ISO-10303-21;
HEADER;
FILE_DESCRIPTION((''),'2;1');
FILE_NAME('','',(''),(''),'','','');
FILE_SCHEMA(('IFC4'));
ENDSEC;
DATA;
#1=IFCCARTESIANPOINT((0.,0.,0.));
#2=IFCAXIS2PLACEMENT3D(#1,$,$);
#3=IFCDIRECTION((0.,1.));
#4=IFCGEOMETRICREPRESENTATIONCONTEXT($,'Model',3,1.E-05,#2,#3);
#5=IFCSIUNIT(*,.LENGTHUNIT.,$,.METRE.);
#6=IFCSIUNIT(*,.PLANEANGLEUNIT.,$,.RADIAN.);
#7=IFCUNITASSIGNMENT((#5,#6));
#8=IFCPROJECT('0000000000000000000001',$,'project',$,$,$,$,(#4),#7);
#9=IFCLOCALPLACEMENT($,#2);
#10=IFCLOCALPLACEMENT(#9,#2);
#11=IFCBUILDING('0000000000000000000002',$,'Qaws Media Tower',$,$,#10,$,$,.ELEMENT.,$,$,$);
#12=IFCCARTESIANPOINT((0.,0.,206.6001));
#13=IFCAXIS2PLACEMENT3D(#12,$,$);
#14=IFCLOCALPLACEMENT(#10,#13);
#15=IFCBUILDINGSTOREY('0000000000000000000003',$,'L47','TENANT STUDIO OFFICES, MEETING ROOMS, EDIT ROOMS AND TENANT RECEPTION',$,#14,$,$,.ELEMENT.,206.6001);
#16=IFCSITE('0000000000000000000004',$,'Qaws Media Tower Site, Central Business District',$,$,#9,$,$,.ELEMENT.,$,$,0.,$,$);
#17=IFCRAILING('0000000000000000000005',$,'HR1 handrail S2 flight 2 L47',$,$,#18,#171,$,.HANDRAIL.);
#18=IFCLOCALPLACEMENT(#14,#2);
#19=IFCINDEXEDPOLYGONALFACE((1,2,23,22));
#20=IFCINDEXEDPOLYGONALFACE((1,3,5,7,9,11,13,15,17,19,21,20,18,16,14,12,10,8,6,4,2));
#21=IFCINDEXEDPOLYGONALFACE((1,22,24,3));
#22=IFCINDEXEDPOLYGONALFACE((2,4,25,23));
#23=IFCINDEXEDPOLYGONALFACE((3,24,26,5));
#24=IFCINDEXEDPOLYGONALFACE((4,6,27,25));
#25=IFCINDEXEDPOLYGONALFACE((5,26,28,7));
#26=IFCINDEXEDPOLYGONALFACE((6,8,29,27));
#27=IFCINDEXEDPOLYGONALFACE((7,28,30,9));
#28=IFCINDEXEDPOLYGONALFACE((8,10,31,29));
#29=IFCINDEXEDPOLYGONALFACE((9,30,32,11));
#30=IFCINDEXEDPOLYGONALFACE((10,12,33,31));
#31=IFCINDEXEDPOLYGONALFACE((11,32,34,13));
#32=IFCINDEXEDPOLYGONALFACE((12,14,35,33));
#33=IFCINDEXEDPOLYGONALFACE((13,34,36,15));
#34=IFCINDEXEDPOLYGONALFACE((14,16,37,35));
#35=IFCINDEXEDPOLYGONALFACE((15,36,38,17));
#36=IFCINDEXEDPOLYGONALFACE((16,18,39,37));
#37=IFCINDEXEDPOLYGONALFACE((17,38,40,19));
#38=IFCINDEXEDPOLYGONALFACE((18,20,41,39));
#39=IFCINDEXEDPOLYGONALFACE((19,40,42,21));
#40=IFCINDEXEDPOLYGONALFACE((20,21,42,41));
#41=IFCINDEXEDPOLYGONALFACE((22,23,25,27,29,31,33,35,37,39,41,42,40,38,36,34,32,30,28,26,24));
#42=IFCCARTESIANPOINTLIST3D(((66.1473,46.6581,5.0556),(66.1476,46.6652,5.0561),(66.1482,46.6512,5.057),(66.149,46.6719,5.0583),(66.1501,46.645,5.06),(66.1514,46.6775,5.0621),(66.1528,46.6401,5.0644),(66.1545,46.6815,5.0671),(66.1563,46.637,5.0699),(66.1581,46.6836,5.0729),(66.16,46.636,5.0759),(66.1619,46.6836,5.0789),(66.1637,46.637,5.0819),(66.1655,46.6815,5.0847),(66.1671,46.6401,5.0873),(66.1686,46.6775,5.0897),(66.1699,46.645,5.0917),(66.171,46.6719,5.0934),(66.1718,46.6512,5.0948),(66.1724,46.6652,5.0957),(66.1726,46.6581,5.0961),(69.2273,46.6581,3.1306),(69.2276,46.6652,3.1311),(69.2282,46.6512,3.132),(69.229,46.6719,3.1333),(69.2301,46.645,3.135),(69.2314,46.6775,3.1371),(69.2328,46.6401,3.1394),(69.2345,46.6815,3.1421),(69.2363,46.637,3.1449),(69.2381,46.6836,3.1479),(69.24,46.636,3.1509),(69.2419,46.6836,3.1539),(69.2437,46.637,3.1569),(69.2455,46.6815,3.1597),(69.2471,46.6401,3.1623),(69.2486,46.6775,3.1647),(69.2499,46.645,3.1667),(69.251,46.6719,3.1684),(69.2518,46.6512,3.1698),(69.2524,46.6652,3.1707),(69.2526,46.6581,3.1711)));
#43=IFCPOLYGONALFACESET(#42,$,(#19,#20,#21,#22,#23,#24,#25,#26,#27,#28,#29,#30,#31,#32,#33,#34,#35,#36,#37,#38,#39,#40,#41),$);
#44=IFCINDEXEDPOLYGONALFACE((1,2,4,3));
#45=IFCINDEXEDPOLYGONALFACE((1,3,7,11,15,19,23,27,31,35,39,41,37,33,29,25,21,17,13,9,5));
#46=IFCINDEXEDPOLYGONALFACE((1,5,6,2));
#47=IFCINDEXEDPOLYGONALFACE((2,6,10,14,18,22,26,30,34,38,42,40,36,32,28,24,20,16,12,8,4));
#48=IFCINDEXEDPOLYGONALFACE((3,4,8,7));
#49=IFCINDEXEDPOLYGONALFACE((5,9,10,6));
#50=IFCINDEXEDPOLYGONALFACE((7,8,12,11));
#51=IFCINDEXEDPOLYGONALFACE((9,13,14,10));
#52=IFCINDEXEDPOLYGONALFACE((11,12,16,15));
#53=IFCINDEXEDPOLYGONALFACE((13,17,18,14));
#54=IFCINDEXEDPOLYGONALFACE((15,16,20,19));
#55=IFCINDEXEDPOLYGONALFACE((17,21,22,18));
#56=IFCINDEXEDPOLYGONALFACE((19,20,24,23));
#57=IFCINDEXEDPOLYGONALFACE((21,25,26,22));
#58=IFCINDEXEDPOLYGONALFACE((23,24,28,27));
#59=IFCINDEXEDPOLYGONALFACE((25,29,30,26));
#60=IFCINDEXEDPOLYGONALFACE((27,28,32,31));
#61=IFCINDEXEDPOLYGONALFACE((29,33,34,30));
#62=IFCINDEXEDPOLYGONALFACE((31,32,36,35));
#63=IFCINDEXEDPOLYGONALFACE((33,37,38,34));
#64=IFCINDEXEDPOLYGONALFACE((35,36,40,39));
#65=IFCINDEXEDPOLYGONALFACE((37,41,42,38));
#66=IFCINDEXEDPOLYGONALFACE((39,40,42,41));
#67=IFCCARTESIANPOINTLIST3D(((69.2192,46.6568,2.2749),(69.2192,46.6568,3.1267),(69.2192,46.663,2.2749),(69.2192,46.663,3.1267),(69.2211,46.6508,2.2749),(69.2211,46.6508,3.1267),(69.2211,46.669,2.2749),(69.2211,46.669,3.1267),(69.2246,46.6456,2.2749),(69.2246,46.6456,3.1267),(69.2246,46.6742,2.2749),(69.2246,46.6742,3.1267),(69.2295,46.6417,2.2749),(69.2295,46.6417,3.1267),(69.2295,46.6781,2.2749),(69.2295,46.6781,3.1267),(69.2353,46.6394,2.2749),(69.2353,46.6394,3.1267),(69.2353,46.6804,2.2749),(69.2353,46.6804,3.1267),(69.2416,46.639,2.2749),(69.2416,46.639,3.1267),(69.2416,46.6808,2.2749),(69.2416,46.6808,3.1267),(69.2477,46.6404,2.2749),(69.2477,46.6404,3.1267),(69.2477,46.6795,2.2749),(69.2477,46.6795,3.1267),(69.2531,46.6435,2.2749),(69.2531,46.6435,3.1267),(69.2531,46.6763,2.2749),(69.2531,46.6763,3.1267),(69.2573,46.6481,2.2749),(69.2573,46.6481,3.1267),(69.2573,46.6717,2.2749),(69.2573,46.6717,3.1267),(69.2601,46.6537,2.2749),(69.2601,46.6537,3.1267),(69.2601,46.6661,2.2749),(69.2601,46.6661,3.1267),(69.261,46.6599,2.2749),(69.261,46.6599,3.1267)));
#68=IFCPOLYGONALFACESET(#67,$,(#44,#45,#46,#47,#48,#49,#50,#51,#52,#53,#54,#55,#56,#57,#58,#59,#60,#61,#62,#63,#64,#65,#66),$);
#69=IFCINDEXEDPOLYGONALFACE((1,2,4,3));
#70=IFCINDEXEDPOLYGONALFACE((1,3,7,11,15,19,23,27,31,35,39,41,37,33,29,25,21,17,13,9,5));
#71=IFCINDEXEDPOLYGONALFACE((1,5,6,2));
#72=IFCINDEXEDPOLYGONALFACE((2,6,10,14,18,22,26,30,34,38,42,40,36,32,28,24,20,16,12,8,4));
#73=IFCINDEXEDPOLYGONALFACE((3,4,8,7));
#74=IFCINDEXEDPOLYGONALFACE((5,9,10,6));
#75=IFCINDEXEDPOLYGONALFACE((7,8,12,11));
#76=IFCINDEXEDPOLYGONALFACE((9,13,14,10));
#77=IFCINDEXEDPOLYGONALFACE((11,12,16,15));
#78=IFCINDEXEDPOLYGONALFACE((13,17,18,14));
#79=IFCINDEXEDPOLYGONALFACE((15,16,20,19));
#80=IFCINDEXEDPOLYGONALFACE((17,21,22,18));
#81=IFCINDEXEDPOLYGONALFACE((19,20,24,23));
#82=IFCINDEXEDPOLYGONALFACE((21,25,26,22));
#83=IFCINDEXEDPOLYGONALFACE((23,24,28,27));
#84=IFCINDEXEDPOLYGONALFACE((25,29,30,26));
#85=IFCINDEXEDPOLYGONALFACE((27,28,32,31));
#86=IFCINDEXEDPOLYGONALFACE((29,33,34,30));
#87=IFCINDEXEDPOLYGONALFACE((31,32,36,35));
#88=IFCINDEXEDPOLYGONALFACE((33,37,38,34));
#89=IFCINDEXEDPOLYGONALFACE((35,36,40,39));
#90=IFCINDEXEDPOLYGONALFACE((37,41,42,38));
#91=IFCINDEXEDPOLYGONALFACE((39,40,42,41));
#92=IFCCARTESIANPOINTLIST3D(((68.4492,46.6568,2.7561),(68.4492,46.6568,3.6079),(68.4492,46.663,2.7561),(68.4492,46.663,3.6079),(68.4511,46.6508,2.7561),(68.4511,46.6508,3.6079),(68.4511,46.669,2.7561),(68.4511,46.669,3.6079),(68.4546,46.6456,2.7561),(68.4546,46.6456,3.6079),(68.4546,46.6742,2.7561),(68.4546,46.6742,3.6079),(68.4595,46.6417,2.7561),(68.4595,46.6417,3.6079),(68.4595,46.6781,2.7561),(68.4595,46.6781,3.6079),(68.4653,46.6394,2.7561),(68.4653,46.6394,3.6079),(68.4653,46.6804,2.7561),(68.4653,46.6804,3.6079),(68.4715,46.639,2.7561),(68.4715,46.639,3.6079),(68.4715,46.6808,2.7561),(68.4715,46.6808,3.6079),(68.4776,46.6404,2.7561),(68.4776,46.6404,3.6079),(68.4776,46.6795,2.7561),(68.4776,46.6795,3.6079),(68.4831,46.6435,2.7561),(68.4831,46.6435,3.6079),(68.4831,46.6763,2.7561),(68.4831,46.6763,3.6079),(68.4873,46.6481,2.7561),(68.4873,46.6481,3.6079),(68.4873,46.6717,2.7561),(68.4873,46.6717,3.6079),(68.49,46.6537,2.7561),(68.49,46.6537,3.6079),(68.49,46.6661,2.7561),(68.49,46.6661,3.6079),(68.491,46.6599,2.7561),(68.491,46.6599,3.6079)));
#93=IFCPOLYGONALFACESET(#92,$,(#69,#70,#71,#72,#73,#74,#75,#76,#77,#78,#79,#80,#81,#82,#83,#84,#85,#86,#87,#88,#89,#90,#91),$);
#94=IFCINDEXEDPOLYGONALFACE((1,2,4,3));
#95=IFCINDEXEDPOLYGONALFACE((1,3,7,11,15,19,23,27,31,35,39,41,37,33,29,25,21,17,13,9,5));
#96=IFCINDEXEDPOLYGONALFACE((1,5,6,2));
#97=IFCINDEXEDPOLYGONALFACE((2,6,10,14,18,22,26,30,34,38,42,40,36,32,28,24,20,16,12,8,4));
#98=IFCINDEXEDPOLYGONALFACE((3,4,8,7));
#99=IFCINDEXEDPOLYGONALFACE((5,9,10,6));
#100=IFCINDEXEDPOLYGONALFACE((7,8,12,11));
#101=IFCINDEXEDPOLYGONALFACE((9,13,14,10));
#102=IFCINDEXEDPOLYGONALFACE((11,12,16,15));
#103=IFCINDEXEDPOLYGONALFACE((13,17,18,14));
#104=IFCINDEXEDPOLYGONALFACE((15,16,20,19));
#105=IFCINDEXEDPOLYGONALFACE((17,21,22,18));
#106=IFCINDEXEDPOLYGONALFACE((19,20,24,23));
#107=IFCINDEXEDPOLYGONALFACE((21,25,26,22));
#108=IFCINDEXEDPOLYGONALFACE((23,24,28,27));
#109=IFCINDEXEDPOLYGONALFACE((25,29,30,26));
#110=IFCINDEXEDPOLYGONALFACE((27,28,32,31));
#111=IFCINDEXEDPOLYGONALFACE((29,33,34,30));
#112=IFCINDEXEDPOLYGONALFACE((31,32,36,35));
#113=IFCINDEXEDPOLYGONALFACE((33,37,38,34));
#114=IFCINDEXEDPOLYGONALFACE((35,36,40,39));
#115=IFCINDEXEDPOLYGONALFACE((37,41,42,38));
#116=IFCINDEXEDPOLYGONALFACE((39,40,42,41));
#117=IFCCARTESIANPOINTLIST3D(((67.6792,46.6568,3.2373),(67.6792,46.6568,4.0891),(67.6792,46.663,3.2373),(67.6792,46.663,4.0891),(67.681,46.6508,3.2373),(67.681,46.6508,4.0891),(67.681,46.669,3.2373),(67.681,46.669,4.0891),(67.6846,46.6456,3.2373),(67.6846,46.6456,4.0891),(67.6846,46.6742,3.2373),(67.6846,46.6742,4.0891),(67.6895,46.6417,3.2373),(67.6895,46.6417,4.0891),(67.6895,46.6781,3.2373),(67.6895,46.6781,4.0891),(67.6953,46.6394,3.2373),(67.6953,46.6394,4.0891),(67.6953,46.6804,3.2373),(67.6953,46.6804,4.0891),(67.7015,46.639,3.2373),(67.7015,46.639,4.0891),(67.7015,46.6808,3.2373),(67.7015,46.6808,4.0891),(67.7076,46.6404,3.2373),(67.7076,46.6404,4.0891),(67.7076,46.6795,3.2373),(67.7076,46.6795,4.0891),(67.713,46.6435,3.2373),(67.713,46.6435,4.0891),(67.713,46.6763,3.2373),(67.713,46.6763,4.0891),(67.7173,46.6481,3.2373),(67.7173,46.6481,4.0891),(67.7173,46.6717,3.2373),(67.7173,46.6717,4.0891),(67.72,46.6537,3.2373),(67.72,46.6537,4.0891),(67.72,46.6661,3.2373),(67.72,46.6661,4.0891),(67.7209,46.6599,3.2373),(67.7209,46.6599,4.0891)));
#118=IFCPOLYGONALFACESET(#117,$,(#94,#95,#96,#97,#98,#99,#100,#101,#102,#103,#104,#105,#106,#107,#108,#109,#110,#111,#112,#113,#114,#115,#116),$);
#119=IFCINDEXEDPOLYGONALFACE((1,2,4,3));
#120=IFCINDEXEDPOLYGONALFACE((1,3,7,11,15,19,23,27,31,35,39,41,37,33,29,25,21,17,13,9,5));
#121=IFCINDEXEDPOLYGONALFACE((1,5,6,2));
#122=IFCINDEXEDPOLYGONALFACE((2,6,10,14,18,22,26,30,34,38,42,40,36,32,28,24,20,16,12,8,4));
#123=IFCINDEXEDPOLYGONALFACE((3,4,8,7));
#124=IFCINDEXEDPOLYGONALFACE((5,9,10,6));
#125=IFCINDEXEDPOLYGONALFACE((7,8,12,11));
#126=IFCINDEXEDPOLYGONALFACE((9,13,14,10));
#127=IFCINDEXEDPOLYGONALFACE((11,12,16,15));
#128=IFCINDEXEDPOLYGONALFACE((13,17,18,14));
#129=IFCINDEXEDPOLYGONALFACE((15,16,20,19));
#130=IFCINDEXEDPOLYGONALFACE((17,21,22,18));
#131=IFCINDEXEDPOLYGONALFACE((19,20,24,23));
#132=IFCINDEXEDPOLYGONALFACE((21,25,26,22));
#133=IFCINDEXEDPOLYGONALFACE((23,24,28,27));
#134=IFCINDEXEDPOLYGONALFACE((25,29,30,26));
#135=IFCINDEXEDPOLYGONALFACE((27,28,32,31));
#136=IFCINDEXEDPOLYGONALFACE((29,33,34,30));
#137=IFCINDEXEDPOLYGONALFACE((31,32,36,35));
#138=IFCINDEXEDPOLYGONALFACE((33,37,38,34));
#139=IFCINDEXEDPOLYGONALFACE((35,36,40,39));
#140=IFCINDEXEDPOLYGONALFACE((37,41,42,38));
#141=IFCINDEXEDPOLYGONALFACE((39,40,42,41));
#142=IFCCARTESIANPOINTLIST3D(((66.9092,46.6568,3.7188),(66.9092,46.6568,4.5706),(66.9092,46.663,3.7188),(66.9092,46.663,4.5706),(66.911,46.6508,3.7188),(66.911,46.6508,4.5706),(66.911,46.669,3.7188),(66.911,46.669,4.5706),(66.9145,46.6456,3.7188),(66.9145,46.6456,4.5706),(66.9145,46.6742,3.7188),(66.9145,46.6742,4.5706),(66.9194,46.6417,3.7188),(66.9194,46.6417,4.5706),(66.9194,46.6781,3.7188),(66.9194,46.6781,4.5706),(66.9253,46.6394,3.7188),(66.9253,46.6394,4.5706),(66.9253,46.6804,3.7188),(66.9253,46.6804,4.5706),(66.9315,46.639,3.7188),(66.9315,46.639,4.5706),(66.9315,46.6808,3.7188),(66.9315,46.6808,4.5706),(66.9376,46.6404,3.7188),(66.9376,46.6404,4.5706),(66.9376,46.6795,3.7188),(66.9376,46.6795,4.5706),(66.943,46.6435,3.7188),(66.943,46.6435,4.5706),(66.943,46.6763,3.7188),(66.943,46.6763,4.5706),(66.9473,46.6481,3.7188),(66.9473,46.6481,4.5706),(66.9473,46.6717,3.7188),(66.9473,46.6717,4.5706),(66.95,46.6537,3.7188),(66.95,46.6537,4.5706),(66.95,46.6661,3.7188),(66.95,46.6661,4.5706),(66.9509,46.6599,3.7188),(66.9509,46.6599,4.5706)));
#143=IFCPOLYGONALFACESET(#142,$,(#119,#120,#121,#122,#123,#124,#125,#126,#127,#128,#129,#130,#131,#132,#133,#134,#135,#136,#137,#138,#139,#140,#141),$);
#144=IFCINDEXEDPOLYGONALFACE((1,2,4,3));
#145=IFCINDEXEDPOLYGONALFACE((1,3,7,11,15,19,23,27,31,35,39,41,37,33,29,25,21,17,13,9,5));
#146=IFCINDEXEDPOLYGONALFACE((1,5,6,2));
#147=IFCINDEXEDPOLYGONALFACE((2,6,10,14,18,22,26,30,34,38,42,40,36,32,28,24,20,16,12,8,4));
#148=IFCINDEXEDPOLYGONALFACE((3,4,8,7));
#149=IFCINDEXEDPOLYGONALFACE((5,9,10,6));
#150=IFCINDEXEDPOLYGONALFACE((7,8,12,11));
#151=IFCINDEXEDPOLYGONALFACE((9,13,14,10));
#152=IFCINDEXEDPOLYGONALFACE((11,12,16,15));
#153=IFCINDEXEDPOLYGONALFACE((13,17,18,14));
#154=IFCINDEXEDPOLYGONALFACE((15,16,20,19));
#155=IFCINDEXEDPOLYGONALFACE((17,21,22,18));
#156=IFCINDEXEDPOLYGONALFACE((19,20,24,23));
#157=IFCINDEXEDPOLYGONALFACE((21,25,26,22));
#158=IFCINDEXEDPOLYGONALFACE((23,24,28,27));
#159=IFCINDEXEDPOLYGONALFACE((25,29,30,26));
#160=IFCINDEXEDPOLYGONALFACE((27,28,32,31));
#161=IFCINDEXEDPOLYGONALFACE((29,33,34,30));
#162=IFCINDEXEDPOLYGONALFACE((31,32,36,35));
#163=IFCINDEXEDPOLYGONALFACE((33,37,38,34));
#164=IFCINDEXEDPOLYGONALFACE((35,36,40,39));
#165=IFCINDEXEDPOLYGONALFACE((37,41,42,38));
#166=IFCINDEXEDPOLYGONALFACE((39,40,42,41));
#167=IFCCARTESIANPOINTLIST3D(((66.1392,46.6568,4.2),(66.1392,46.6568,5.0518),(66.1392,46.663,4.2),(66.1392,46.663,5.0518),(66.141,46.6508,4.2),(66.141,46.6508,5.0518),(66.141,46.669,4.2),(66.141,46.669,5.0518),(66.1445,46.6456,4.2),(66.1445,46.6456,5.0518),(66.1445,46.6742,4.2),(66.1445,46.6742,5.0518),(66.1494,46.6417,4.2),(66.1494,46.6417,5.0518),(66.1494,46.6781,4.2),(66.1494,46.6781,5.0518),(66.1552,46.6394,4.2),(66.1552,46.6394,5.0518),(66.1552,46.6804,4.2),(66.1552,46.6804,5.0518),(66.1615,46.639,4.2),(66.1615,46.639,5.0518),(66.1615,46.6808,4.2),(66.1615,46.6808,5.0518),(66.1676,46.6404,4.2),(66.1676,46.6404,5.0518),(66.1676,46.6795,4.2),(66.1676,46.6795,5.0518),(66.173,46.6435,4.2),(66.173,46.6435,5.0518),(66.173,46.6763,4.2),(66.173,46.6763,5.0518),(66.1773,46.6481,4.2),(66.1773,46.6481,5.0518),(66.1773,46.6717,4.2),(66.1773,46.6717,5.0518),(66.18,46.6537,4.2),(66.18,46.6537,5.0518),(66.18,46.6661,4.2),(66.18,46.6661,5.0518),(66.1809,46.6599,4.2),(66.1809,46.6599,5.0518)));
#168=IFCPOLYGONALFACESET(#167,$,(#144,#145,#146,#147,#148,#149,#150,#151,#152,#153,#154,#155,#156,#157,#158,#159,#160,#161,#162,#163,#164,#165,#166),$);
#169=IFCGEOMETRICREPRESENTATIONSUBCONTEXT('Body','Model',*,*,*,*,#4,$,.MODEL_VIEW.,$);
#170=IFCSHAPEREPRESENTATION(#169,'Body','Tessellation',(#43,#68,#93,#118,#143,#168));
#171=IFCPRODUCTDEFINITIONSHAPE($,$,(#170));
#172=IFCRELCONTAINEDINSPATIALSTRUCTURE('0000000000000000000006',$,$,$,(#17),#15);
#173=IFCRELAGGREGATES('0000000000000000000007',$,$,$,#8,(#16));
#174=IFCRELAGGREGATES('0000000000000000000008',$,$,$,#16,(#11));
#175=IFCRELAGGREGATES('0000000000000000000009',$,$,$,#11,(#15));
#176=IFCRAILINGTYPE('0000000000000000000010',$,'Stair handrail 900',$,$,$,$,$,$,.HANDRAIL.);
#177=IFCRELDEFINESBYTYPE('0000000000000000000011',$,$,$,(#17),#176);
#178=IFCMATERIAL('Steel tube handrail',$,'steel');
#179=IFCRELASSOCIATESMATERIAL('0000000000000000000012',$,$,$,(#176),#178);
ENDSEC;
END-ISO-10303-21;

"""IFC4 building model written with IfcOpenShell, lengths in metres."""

from ifc_helpers import new_model, si_unit, direction, frame, origin, origin_2d, place, context, subcontext, project, spatial, circle, extrude, material, type_object, element, save


model = new_model("IFC4")

# Units and contexts
model_context = context("Model", 3, precision=1e-05, world=origin(), true_north=direction((0.0, 1.0)))
body_context = subcontext(model_context, "Body", "Model", "MODEL_VIEW")
ifc_project = project(units=[si_unit("LENGTHUNIT", "METRE"), si_unit("PLANEANGLEUNIT", "RADIAN")], contexts=[model_context])

# Site, building, storey
site_placement = place(None, origin())
site = spatial("IfcSite", under=ifc_project, at=site_placement, Name="Qaws Media Tower Site, Central Business District", CompositionType="ELEMENT", RefElevation=0.0)
building_placement = place(site_placement, origin())
building = spatial("IfcBuilding", under=site, at=building_placement, Name="Qaws Media Tower", CompositionType="ELEMENT")
storey_placement = place(building_placement, frame((0.0, 0.0, 206.6001)))
storey = spatial("IfcBuildingStorey", under=building, at=storey_placement, Name="L47", Description="TENANT STUDIO OFFICES, MEETING ROOMS, EDIT ROOMS AND TENANT RECEPTION", CompositionType="ELEMENT", Elevation=206.6001)

# Railing
ifc_material_1 = material(Name="Steel tube handrail", Category="steel")
railing_type = type_object("IfcRailingType", Name="Stair handrail 900", PredefinedType="HANDRAIL", material=ifc_material_1)
for number, where, name in (
    (1, (69.24, 46.6599, 2.2749), "HR1 handrail S2 flight 2 L47"),
):
    element("IfcRailing", number, at=place(storey_placement, frame(where)), inside=storey, type_object=railing_type, Name=name, PredefinedType="HANDRAIL", context=body_context, shape_type="SweptSolid", body=[
        extrude(circle(Radius=0.0239, at=origin_2d()), frame((0.0, 0.0, 0.876), z_axis=(-0.847998, 0.0, 0.529999), x_axis=(0.0, -1.0, 0.0)), (0.0, 0.0, 1.0), 3.6321),
        extrude(circle(Radius=0.021, at=origin_2d()), origin(), (0.0, 0.0, 1.0), 0.8518),
        extrude(circle(Radius=0.021, at=origin_2d()), frame((-0.77, 0.0, 0.4812)), (0.0, 0.0, 1.0), 0.8518),
        extrude(circle(Radius=0.021, at=origin_2d()), frame((-1.54, 0.0, 0.9624)), (0.0, 0.0, 1.0), 0.8518),
        extrude(circle(Radius=0.021, at=origin_2d()), frame((-2.3101, 0.0, 1.4438)), (0.0, 0.0, 1.0), 0.8518),
        extrude(circle(Radius=0.021, at=origin_2d()), frame((-3.0801, 0.0, 1.925)), (0.0, 0.0, 1.0), 0.8518),
    ])

save(model, "model.ifc")
